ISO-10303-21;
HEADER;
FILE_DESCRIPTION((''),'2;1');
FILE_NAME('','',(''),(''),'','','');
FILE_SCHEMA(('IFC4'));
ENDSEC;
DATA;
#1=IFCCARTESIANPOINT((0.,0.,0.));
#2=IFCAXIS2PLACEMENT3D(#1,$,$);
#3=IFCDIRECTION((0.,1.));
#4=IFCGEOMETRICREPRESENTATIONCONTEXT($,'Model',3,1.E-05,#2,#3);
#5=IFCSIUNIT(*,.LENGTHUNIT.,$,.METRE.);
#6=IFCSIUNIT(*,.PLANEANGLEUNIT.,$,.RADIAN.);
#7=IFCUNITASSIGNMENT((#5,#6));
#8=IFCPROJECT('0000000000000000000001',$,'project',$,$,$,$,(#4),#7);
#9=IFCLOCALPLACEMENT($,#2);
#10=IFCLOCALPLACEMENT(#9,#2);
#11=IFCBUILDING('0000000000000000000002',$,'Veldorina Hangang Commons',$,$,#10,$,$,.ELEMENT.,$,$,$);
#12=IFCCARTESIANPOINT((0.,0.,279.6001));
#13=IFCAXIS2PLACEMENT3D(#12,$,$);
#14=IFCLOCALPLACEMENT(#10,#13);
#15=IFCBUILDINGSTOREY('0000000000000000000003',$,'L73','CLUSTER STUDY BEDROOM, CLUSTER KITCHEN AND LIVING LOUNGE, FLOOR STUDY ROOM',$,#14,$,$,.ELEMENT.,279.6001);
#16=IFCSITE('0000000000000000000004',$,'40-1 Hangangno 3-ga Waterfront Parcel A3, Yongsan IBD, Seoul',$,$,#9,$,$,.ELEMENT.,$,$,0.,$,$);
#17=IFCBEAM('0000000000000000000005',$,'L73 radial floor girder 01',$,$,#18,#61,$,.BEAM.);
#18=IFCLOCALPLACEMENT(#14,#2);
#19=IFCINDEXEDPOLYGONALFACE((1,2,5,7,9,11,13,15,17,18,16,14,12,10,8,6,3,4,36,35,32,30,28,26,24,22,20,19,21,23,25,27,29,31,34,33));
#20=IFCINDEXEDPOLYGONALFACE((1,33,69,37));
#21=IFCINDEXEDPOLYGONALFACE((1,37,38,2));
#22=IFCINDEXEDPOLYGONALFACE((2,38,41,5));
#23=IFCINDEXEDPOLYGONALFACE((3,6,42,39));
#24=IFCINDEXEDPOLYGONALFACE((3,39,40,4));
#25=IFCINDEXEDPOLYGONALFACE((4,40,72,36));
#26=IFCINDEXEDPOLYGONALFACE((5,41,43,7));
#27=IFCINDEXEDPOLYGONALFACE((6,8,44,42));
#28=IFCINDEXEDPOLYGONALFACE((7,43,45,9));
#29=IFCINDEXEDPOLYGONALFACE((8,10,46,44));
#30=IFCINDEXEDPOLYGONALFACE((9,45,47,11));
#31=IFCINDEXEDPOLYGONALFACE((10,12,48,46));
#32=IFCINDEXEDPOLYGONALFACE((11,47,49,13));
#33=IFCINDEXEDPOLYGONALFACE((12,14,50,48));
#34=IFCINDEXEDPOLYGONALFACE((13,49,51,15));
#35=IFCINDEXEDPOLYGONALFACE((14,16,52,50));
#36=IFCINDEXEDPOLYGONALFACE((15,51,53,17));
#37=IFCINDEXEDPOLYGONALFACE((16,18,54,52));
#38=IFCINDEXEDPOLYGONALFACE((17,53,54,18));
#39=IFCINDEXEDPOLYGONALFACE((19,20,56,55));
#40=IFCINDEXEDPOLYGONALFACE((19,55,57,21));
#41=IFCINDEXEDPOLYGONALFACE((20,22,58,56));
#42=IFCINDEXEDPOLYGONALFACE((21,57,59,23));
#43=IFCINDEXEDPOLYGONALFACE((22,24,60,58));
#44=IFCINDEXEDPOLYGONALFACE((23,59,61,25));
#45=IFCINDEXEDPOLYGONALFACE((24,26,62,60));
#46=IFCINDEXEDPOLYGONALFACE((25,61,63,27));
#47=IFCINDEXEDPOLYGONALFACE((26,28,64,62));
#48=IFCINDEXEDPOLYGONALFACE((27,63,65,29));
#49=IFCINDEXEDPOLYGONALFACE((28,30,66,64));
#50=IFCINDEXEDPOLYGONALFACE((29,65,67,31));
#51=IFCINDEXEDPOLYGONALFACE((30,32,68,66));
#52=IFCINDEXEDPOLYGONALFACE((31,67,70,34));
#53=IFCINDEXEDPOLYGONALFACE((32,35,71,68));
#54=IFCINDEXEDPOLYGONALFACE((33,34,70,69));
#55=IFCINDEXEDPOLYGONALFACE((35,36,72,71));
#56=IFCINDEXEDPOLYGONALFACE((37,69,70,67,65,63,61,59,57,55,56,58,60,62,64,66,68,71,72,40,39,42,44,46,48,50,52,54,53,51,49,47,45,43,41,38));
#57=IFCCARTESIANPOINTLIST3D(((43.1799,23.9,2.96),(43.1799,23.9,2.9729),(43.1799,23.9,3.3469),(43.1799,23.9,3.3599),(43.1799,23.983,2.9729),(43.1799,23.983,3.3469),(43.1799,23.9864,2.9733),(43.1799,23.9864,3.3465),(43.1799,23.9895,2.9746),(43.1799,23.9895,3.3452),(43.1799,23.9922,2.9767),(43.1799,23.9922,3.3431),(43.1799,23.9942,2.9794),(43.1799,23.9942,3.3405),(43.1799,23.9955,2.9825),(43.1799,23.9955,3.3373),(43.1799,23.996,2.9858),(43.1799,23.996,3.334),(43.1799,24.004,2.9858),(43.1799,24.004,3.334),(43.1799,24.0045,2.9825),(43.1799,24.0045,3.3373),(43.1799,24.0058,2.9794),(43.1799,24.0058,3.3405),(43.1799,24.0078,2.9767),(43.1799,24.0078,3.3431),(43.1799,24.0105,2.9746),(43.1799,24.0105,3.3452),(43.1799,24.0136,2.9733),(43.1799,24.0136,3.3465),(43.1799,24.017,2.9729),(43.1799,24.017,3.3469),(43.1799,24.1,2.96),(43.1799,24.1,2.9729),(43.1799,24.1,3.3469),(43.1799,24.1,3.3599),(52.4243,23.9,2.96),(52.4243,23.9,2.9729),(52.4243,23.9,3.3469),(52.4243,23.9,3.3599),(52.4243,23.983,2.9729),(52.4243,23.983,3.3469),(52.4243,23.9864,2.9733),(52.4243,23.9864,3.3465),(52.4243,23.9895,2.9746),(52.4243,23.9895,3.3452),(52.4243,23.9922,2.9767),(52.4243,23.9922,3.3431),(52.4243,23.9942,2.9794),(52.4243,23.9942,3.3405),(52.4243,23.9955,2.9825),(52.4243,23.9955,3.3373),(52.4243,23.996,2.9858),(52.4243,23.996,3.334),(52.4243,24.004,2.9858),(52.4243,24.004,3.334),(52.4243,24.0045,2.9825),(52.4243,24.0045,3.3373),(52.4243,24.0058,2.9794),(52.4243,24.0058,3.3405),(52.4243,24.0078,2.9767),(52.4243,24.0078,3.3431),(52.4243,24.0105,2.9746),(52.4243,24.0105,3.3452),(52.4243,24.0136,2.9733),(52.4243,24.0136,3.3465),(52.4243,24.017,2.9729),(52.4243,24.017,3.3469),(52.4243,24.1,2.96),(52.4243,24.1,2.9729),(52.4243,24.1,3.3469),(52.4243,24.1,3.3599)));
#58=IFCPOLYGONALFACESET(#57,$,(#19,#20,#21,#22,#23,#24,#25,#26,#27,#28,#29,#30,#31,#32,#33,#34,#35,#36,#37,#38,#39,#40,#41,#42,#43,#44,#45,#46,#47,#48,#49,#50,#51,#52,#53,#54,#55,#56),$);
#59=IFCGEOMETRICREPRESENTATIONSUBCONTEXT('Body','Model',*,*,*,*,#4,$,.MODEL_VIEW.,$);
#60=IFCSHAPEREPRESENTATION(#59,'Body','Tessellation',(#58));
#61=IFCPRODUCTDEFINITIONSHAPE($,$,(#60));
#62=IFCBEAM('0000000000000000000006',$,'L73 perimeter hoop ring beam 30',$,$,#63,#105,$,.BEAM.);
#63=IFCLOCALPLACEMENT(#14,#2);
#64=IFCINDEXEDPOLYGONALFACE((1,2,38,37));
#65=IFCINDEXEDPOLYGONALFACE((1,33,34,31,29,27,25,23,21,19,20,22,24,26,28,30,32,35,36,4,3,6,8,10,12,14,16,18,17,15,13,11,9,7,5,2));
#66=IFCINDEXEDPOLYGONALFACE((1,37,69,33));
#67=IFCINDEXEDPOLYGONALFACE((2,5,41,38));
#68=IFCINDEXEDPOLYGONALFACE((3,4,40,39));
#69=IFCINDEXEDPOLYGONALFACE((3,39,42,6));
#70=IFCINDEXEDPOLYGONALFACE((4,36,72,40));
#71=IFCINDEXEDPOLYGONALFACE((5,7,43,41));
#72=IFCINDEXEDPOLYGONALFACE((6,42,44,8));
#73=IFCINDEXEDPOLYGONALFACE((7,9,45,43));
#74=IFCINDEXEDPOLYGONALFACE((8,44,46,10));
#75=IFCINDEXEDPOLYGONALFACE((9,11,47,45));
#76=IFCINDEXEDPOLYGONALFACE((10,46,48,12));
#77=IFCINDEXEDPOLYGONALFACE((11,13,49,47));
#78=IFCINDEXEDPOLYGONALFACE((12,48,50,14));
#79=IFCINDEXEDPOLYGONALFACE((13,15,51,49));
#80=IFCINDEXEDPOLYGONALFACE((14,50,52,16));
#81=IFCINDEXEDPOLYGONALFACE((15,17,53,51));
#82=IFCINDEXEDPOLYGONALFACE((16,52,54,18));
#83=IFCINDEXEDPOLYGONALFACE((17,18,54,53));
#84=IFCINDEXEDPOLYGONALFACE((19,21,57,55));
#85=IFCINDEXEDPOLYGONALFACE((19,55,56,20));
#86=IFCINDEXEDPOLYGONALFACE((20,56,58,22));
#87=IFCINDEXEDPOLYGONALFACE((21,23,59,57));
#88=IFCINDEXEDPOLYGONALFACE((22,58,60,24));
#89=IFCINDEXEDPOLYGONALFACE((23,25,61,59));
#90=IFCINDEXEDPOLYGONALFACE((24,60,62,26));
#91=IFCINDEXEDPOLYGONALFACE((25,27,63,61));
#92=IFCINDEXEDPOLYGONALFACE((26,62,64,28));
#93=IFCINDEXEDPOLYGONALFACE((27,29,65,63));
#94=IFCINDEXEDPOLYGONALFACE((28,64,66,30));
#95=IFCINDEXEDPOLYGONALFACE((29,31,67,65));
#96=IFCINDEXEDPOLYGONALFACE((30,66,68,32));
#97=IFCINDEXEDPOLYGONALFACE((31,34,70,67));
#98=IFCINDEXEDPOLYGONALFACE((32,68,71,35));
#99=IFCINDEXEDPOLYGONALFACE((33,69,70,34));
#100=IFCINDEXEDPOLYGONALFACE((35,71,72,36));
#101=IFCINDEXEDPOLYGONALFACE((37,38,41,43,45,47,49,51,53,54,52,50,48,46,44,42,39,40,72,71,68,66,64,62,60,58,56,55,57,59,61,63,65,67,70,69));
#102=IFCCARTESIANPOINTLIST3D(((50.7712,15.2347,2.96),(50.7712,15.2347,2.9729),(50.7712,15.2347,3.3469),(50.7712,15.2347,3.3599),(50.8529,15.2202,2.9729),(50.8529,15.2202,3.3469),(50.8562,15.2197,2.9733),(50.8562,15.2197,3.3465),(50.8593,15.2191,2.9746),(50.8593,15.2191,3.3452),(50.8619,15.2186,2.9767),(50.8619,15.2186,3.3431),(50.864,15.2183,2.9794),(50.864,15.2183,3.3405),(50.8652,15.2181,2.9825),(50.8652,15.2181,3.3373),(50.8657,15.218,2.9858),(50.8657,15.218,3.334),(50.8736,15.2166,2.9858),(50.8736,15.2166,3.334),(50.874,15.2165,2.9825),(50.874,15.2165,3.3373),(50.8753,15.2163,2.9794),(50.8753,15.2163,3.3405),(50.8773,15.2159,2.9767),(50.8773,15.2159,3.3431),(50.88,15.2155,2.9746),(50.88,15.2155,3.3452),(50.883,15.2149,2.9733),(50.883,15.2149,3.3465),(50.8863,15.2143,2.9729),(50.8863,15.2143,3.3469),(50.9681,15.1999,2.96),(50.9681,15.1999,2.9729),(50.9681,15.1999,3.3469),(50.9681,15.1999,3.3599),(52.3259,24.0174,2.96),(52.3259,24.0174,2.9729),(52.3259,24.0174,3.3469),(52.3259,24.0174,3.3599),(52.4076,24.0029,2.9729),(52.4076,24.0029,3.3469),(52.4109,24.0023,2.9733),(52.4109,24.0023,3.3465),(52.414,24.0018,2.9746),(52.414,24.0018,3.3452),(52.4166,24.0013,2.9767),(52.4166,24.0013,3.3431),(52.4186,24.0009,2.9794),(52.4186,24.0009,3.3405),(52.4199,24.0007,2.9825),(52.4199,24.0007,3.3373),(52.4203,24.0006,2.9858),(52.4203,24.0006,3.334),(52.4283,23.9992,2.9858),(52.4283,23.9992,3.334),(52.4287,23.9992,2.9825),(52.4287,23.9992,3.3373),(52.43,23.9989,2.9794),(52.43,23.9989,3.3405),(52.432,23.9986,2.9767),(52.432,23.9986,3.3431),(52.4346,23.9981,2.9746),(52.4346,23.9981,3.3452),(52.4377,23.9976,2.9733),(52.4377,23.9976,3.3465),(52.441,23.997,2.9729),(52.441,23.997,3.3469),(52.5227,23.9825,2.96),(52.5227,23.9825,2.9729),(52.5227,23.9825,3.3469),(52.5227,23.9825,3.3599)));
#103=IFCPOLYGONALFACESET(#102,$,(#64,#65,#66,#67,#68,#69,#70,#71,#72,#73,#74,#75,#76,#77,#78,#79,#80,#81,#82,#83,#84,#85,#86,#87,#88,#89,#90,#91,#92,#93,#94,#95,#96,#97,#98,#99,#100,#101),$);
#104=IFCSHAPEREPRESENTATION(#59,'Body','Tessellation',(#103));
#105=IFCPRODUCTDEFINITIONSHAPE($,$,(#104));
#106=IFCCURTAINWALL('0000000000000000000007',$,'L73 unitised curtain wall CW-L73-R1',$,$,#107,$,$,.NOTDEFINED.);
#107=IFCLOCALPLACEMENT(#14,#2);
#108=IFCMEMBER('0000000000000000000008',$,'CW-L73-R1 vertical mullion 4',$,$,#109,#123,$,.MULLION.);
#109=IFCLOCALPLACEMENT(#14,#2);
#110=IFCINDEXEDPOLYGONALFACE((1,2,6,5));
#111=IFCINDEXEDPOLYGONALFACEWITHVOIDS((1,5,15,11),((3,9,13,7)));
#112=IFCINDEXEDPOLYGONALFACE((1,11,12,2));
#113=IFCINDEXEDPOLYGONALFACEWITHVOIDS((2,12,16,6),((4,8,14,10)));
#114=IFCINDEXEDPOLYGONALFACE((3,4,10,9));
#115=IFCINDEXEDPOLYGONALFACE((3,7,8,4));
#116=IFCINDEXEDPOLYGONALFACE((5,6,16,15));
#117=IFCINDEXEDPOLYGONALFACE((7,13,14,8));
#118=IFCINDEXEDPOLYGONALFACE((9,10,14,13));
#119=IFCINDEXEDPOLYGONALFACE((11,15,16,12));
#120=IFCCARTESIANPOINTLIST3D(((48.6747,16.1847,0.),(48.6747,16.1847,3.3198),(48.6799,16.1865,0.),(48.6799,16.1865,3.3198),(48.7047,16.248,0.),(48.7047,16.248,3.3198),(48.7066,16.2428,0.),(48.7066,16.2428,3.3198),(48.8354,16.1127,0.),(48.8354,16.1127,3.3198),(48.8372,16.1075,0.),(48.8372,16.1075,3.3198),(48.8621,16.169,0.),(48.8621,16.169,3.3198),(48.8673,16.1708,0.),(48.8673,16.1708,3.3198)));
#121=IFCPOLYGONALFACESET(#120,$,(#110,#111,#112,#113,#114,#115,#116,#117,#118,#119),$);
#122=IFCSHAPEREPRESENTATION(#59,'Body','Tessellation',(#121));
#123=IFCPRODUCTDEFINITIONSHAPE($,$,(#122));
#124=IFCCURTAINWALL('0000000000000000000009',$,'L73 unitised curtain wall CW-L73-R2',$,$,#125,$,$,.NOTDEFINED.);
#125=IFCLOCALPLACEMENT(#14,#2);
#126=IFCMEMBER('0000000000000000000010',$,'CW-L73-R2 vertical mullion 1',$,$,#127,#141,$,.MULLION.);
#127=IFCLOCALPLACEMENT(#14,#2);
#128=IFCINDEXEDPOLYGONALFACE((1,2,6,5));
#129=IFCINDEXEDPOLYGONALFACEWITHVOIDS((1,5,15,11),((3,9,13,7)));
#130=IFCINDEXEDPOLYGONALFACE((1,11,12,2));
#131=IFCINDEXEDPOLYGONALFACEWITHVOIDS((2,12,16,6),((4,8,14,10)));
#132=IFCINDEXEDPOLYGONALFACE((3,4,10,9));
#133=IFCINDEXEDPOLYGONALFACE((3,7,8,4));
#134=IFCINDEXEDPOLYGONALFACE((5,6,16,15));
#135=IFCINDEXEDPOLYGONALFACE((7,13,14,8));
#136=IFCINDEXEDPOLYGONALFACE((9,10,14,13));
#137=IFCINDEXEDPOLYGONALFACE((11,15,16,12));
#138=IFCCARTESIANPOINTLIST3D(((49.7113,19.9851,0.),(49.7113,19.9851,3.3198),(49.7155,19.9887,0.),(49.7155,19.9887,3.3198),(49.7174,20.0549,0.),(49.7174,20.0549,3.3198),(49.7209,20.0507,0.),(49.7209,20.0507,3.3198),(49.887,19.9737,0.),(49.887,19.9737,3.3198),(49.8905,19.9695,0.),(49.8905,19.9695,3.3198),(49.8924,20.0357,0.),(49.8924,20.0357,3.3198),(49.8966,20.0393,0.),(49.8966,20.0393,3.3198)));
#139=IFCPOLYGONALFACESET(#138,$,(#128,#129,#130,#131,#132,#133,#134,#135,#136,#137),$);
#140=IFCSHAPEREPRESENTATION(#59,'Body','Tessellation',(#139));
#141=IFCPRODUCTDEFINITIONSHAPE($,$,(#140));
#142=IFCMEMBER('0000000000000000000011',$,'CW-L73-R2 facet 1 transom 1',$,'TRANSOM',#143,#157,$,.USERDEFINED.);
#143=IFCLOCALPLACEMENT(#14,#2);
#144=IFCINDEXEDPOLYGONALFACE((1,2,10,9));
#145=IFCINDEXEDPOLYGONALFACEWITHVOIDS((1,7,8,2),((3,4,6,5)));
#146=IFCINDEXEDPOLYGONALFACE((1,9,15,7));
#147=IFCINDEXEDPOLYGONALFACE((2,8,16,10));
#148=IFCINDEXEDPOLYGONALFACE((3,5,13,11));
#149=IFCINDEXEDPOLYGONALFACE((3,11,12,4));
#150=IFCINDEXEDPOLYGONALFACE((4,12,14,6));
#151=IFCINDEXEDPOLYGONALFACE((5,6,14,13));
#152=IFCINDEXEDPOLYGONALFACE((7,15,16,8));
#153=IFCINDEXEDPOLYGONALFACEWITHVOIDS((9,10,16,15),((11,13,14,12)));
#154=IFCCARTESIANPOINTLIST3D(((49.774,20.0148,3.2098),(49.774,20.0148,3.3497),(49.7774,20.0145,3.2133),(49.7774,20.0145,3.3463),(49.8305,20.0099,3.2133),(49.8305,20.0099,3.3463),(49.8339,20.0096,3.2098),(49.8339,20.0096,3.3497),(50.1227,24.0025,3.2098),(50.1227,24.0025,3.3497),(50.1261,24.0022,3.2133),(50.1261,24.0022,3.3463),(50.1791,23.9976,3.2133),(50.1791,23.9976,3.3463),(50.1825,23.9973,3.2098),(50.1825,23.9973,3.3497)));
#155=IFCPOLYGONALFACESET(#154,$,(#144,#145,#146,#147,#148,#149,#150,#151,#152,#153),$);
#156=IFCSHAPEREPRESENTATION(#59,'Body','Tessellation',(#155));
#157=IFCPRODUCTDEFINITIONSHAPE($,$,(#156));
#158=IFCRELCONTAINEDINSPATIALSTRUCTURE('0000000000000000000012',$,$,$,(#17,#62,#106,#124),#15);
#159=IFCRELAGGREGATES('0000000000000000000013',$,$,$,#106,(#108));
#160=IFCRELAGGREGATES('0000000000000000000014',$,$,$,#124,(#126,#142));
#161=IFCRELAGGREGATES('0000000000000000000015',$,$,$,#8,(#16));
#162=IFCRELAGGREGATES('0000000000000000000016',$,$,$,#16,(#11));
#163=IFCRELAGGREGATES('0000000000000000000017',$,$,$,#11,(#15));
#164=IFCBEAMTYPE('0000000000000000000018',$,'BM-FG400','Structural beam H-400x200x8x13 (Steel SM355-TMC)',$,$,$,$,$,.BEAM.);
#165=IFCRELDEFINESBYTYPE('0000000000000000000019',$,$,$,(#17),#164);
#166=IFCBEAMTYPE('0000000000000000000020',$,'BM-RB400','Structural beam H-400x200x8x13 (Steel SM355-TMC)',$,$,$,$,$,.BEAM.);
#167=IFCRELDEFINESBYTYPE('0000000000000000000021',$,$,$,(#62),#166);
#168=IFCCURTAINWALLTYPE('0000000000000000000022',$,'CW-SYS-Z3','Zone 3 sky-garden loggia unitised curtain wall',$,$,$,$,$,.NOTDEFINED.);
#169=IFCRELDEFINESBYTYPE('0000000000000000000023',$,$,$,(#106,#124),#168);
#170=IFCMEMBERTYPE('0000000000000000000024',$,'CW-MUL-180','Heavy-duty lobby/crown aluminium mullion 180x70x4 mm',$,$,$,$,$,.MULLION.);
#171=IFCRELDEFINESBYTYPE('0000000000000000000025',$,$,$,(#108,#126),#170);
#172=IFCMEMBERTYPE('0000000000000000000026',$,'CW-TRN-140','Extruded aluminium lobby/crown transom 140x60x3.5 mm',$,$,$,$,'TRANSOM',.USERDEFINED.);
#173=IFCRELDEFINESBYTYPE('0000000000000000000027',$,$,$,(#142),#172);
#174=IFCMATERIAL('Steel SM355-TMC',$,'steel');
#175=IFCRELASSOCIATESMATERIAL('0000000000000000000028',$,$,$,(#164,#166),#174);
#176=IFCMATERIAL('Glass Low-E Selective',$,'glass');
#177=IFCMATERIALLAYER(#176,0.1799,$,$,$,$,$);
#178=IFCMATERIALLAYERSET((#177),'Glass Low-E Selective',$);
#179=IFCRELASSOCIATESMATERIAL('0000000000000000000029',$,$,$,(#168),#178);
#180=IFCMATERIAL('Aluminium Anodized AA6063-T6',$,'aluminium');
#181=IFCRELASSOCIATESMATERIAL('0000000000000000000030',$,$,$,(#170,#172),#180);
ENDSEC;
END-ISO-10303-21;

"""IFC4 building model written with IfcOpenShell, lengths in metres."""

from ifc_helpers import new_model, si_unit, direction, frame, origin, origin_2d, place, context, subcontext, project, spatial, hollow_rectangle, i_section, extrude, material, layer, layer_set, material_profile, profile_set, type_object, element, aggregate, save


model = new_model("IFC4")

# Units and contexts
model_context = context("Model", 3, precision=1e-05, world=origin(), true_north=direction((0.0, 1.0)))
body_context = subcontext(model_context, "Body", "Model", "MODEL_VIEW")
ifc_project = project(units=[si_unit("LENGTHUNIT", "METRE"), si_unit("PLANEANGLEUNIT", "RADIAN")], contexts=[model_context])

# Site, building, storey
site_placement = place(None, origin())
site = spatial("IfcSite", under=ifc_project, at=site_placement, Name="40-1 Hangangno 3-ga Waterfront Parcel A3, Yongsan IBD, Seoul", CompositionType="ELEMENT", RefElevation=0.0)
building_placement = place(site_placement, origin())
building = spatial("IfcBuilding", under=site, at=building_placement, Name="Veldorina Hangang Commons", CompositionType="ELEMENT")
storey_placement = place(building_placement, frame((0.0, 0.0, 279.6001)))
storey = spatial("IfcBuildingStorey", under=building, at=storey_placement, Name="L73", Description="CLUSTER STUDY BEDROOM, CLUSTER KITCHEN AND LIVING LOUNGE, FLOOR STUDY ROOM", CompositionType="ELEMENT", Elevation=279.6001)

# Beams
ifc_material_1 = material(Name="Steel SM355-TMC", Category="steel")
ifc_material_profile_1 = material_profile(ifc_material_1, i_section(OverallWidth=0.2, OverallDepth=0.3999, WebThickness=0.0081, FlangeThickness=0.0129, FilletRadius=0.0129, at=origin_2d()), Name="H-400x200x8x13")
ifc_profile_set_1 = profile_set([ifc_material_profile_1], Name="Steel SM355-TMC")
beam_type_1 = type_object("IfcBeamType", Name="BM-FG400", Description="Structural beam H-400x200x8x13 (Steel SM355-TMC)", PredefinedType="BEAM", material=ifc_profile_set_1)
beam_1_placement = place(storey_placement, frame((43.1799, 24.0, 3.1599), z_axis=(1.0, 0.0, 0.0), x_axis=(0.0, 1.0, 0.0)))
element("IfcBeam", 1, at=beam_1_placement, inside=storey, type_object=beam_type_1, Name="L73 radial floor girder 01", PredefinedType="BEAM", context=body_context, shape_type="SweptSolid", body=[
    extrude(i_section(OverallWidth=0.2, OverallDepth=0.3999, WebThickness=0.0081, FlangeThickness=0.0129, FilletRadius=0.0129, at=origin_2d()), origin(), (0.0, 0.0, 1.0), 9.2444),
])
ifc_material_profile_2 = material_profile(ifc_material_1, i_section(OverallWidth=0.2, OverallDepth=0.3999, WebThickness=0.0081, FlangeThickness=0.0129, FilletRadius=0.0129, at=origin_2d()), Name="H-400x200x8x13")
ifc_profile_set_2 = profile_set([ifc_material_profile_2], Name="Steel SM355-TMC")
beam_type_2 = type_object("IfcBeamType", Name="BM-RB400", Description="Structural beam H-400x200x8x13 (Steel SM355-TMC)", PredefinedType="BEAM", material=ifc_profile_set_2)
beam_2_placement = place(storey_placement, frame((50.8696, 15.2173, 3.1599), z_axis=(0.174307, 0.984691, 0.0), x_axis=(-0.984691, 0.174307, 0.0)))
element("IfcBeam", 2, at=beam_2_placement, inside=storey, type_object=beam_type_2, Name="L73 perimeter hoop ring beam 30", PredefinedType="BEAM", context=body_context, shape_type="SweptSolid", body=[
    extrude(i_section(OverallWidth=0.2, OverallDepth=0.3999, WebThickness=0.0081, FlangeThickness=0.0129, FilletRadius=0.0129, at=origin_2d()), origin(), (0.0, 0.0, 1.0), 8.9192),
])

# Curtain wall, member
ifc_material_2 = material(Name="Glass Low-E Selective", Category="glass")
ifc_layer_1 = layer(ifc_material_2, 0.1799)
ifc_layer_set_1 = layer_set([ifc_layer_1], Name="Glass Low-E Selective")
curtain_wall_type = type_object("IfcCurtainWallType", Name="CW-SYS-Z3", Description="Zone 3 sky-garden loggia unitised curtain wall", PredefinedType="NOTDEFINED", material=ifc_layer_set_1)
curtain_wall_1_placement = place(storey_placement, origin())
curtain_wall_1 = element("IfcCurtainWall", 3, at=curtain_wall_1_placement, inside=storey, type_object=curtain_wall_type, Name="L73 unitised curtain wall CW-L73-R1", PredefinedType="NOTDEFINED")
ifc_material_3 = material(Name="Aluminium Anodized AA6063-T6", Category="aluminium")
ifc_material_profile_3 = material_profile(ifc_material_3, hollow_rectangle(XDim=0.0701, YDim=0.1799, WallThickness=0.0039, at=origin_2d()), Name="ALU-RHS-180x70x4")
ifc_profile_set_3 = profile_set([ifc_material_profile_3], Name="Aluminium Anodized AA6063-T6")
member_type_1 = type_object("IfcMemberType", Name="CW-MUL-180", Description="Heavy-duty lobby/crown aluminium mullion 180x70x4 mm", PredefinedType="MULLION", material=ifc_profile_set_3)
member_1_placement = place(storey_placement, frame((48.771, 16.1777, 0.0), z_axis=(0.0, 0.0, 1.0), x_axis=(-0.428825, -0.903388, 0.0)))
member_1 = element("IfcMember", 4, at=member_1_placement, type_object=member_type_1, Name="CW-L73-R1 vertical mullion 4", PredefinedType="MULLION", context=body_context, shape_type="SweptSolid", body=[
    extrude(hollow_rectangle(XDim=0.0701, YDim=0.1799, WallThickness=0.0039, at=origin_2d()), origin(), (0.0, 0.0, 1.0), 3.3198),
])

# Curtain wall, members
curtain_wall_2_placement = place(storey_placement, origin())
curtain_wall_2 = element("IfcCurtainWall", 5, at=curtain_wall_2_placement, inside=storey, type_object=curtain_wall_type, Name="L73 unitised curtain wall CW-L73-R2", PredefinedType="NOTDEFINED")
member_2_placement = place(storey_placement, frame((49.804, 20.0122, 0.0), z_axis=(0.0, 0.0, 1.0), x_axis=(0.087138, 0.996196, 0.0)))
member_2 = element("IfcMember", 6, at=member_2_placement, type_object=member_type_1, Name="CW-L73-R2 vertical mullion 1", PredefinedType="MULLION", context=body_context, shape_type="SweptSolid", body=[
    extrude(hollow_rectangle(XDim=0.0701, YDim=0.1799, WallThickness=0.0039, at=origin_2d()), origin(), (0.0, 0.0, 1.0), 3.3198),
])
ifc_material_profile_4 = material_profile(ifc_material_3, hollow_rectangle(XDim=0.0601, YDim=0.1399, WallThickness=0.0034, at=origin_2d()), Name="ALU-RHS-140x60x3.5")
ifc_profile_set_4 = profile_set([ifc_material_profile_4], Name="Aluminium Anodized AA6063-T6")
member_type_2 = type_object("IfcMemberType", Name="CW-TRN-140", Description="Extruded aluminium lobby/crown transom 140x60x3.5 mm", ElementType="TRANSOM", PredefinedType="USERDEFINED", material=ifc_profile_set_4)
member_3_placement = place(storey_placement, frame((49.804, 20.0122, 3.2798), z_axis=(0.087093, 0.9962, 0.0), x_axis=(-0.9962, 0.087093, 0.0)))
member_3 = element("IfcMember", 7, at=member_3_placement, type_object=member_type_2, Name="CW-L73-R2 facet 1 transom 1", ObjectType="TRANSOM", PredefinedType="USERDEFINED", context=body_context, shape_type="SweptSolid", body=[
    extrude(hollow_rectangle(XDim=0.0601, YDim=0.1399, WallThickness=0.0034, at=origin_2d()), origin(), (0.0, 0.0, 1.0), 4.0029),
])

aggregate(curtain_wall_1, [member_1])
aggregate(curtain_wall_2, [member_2, member_3])

save(model, "model.ifc")
